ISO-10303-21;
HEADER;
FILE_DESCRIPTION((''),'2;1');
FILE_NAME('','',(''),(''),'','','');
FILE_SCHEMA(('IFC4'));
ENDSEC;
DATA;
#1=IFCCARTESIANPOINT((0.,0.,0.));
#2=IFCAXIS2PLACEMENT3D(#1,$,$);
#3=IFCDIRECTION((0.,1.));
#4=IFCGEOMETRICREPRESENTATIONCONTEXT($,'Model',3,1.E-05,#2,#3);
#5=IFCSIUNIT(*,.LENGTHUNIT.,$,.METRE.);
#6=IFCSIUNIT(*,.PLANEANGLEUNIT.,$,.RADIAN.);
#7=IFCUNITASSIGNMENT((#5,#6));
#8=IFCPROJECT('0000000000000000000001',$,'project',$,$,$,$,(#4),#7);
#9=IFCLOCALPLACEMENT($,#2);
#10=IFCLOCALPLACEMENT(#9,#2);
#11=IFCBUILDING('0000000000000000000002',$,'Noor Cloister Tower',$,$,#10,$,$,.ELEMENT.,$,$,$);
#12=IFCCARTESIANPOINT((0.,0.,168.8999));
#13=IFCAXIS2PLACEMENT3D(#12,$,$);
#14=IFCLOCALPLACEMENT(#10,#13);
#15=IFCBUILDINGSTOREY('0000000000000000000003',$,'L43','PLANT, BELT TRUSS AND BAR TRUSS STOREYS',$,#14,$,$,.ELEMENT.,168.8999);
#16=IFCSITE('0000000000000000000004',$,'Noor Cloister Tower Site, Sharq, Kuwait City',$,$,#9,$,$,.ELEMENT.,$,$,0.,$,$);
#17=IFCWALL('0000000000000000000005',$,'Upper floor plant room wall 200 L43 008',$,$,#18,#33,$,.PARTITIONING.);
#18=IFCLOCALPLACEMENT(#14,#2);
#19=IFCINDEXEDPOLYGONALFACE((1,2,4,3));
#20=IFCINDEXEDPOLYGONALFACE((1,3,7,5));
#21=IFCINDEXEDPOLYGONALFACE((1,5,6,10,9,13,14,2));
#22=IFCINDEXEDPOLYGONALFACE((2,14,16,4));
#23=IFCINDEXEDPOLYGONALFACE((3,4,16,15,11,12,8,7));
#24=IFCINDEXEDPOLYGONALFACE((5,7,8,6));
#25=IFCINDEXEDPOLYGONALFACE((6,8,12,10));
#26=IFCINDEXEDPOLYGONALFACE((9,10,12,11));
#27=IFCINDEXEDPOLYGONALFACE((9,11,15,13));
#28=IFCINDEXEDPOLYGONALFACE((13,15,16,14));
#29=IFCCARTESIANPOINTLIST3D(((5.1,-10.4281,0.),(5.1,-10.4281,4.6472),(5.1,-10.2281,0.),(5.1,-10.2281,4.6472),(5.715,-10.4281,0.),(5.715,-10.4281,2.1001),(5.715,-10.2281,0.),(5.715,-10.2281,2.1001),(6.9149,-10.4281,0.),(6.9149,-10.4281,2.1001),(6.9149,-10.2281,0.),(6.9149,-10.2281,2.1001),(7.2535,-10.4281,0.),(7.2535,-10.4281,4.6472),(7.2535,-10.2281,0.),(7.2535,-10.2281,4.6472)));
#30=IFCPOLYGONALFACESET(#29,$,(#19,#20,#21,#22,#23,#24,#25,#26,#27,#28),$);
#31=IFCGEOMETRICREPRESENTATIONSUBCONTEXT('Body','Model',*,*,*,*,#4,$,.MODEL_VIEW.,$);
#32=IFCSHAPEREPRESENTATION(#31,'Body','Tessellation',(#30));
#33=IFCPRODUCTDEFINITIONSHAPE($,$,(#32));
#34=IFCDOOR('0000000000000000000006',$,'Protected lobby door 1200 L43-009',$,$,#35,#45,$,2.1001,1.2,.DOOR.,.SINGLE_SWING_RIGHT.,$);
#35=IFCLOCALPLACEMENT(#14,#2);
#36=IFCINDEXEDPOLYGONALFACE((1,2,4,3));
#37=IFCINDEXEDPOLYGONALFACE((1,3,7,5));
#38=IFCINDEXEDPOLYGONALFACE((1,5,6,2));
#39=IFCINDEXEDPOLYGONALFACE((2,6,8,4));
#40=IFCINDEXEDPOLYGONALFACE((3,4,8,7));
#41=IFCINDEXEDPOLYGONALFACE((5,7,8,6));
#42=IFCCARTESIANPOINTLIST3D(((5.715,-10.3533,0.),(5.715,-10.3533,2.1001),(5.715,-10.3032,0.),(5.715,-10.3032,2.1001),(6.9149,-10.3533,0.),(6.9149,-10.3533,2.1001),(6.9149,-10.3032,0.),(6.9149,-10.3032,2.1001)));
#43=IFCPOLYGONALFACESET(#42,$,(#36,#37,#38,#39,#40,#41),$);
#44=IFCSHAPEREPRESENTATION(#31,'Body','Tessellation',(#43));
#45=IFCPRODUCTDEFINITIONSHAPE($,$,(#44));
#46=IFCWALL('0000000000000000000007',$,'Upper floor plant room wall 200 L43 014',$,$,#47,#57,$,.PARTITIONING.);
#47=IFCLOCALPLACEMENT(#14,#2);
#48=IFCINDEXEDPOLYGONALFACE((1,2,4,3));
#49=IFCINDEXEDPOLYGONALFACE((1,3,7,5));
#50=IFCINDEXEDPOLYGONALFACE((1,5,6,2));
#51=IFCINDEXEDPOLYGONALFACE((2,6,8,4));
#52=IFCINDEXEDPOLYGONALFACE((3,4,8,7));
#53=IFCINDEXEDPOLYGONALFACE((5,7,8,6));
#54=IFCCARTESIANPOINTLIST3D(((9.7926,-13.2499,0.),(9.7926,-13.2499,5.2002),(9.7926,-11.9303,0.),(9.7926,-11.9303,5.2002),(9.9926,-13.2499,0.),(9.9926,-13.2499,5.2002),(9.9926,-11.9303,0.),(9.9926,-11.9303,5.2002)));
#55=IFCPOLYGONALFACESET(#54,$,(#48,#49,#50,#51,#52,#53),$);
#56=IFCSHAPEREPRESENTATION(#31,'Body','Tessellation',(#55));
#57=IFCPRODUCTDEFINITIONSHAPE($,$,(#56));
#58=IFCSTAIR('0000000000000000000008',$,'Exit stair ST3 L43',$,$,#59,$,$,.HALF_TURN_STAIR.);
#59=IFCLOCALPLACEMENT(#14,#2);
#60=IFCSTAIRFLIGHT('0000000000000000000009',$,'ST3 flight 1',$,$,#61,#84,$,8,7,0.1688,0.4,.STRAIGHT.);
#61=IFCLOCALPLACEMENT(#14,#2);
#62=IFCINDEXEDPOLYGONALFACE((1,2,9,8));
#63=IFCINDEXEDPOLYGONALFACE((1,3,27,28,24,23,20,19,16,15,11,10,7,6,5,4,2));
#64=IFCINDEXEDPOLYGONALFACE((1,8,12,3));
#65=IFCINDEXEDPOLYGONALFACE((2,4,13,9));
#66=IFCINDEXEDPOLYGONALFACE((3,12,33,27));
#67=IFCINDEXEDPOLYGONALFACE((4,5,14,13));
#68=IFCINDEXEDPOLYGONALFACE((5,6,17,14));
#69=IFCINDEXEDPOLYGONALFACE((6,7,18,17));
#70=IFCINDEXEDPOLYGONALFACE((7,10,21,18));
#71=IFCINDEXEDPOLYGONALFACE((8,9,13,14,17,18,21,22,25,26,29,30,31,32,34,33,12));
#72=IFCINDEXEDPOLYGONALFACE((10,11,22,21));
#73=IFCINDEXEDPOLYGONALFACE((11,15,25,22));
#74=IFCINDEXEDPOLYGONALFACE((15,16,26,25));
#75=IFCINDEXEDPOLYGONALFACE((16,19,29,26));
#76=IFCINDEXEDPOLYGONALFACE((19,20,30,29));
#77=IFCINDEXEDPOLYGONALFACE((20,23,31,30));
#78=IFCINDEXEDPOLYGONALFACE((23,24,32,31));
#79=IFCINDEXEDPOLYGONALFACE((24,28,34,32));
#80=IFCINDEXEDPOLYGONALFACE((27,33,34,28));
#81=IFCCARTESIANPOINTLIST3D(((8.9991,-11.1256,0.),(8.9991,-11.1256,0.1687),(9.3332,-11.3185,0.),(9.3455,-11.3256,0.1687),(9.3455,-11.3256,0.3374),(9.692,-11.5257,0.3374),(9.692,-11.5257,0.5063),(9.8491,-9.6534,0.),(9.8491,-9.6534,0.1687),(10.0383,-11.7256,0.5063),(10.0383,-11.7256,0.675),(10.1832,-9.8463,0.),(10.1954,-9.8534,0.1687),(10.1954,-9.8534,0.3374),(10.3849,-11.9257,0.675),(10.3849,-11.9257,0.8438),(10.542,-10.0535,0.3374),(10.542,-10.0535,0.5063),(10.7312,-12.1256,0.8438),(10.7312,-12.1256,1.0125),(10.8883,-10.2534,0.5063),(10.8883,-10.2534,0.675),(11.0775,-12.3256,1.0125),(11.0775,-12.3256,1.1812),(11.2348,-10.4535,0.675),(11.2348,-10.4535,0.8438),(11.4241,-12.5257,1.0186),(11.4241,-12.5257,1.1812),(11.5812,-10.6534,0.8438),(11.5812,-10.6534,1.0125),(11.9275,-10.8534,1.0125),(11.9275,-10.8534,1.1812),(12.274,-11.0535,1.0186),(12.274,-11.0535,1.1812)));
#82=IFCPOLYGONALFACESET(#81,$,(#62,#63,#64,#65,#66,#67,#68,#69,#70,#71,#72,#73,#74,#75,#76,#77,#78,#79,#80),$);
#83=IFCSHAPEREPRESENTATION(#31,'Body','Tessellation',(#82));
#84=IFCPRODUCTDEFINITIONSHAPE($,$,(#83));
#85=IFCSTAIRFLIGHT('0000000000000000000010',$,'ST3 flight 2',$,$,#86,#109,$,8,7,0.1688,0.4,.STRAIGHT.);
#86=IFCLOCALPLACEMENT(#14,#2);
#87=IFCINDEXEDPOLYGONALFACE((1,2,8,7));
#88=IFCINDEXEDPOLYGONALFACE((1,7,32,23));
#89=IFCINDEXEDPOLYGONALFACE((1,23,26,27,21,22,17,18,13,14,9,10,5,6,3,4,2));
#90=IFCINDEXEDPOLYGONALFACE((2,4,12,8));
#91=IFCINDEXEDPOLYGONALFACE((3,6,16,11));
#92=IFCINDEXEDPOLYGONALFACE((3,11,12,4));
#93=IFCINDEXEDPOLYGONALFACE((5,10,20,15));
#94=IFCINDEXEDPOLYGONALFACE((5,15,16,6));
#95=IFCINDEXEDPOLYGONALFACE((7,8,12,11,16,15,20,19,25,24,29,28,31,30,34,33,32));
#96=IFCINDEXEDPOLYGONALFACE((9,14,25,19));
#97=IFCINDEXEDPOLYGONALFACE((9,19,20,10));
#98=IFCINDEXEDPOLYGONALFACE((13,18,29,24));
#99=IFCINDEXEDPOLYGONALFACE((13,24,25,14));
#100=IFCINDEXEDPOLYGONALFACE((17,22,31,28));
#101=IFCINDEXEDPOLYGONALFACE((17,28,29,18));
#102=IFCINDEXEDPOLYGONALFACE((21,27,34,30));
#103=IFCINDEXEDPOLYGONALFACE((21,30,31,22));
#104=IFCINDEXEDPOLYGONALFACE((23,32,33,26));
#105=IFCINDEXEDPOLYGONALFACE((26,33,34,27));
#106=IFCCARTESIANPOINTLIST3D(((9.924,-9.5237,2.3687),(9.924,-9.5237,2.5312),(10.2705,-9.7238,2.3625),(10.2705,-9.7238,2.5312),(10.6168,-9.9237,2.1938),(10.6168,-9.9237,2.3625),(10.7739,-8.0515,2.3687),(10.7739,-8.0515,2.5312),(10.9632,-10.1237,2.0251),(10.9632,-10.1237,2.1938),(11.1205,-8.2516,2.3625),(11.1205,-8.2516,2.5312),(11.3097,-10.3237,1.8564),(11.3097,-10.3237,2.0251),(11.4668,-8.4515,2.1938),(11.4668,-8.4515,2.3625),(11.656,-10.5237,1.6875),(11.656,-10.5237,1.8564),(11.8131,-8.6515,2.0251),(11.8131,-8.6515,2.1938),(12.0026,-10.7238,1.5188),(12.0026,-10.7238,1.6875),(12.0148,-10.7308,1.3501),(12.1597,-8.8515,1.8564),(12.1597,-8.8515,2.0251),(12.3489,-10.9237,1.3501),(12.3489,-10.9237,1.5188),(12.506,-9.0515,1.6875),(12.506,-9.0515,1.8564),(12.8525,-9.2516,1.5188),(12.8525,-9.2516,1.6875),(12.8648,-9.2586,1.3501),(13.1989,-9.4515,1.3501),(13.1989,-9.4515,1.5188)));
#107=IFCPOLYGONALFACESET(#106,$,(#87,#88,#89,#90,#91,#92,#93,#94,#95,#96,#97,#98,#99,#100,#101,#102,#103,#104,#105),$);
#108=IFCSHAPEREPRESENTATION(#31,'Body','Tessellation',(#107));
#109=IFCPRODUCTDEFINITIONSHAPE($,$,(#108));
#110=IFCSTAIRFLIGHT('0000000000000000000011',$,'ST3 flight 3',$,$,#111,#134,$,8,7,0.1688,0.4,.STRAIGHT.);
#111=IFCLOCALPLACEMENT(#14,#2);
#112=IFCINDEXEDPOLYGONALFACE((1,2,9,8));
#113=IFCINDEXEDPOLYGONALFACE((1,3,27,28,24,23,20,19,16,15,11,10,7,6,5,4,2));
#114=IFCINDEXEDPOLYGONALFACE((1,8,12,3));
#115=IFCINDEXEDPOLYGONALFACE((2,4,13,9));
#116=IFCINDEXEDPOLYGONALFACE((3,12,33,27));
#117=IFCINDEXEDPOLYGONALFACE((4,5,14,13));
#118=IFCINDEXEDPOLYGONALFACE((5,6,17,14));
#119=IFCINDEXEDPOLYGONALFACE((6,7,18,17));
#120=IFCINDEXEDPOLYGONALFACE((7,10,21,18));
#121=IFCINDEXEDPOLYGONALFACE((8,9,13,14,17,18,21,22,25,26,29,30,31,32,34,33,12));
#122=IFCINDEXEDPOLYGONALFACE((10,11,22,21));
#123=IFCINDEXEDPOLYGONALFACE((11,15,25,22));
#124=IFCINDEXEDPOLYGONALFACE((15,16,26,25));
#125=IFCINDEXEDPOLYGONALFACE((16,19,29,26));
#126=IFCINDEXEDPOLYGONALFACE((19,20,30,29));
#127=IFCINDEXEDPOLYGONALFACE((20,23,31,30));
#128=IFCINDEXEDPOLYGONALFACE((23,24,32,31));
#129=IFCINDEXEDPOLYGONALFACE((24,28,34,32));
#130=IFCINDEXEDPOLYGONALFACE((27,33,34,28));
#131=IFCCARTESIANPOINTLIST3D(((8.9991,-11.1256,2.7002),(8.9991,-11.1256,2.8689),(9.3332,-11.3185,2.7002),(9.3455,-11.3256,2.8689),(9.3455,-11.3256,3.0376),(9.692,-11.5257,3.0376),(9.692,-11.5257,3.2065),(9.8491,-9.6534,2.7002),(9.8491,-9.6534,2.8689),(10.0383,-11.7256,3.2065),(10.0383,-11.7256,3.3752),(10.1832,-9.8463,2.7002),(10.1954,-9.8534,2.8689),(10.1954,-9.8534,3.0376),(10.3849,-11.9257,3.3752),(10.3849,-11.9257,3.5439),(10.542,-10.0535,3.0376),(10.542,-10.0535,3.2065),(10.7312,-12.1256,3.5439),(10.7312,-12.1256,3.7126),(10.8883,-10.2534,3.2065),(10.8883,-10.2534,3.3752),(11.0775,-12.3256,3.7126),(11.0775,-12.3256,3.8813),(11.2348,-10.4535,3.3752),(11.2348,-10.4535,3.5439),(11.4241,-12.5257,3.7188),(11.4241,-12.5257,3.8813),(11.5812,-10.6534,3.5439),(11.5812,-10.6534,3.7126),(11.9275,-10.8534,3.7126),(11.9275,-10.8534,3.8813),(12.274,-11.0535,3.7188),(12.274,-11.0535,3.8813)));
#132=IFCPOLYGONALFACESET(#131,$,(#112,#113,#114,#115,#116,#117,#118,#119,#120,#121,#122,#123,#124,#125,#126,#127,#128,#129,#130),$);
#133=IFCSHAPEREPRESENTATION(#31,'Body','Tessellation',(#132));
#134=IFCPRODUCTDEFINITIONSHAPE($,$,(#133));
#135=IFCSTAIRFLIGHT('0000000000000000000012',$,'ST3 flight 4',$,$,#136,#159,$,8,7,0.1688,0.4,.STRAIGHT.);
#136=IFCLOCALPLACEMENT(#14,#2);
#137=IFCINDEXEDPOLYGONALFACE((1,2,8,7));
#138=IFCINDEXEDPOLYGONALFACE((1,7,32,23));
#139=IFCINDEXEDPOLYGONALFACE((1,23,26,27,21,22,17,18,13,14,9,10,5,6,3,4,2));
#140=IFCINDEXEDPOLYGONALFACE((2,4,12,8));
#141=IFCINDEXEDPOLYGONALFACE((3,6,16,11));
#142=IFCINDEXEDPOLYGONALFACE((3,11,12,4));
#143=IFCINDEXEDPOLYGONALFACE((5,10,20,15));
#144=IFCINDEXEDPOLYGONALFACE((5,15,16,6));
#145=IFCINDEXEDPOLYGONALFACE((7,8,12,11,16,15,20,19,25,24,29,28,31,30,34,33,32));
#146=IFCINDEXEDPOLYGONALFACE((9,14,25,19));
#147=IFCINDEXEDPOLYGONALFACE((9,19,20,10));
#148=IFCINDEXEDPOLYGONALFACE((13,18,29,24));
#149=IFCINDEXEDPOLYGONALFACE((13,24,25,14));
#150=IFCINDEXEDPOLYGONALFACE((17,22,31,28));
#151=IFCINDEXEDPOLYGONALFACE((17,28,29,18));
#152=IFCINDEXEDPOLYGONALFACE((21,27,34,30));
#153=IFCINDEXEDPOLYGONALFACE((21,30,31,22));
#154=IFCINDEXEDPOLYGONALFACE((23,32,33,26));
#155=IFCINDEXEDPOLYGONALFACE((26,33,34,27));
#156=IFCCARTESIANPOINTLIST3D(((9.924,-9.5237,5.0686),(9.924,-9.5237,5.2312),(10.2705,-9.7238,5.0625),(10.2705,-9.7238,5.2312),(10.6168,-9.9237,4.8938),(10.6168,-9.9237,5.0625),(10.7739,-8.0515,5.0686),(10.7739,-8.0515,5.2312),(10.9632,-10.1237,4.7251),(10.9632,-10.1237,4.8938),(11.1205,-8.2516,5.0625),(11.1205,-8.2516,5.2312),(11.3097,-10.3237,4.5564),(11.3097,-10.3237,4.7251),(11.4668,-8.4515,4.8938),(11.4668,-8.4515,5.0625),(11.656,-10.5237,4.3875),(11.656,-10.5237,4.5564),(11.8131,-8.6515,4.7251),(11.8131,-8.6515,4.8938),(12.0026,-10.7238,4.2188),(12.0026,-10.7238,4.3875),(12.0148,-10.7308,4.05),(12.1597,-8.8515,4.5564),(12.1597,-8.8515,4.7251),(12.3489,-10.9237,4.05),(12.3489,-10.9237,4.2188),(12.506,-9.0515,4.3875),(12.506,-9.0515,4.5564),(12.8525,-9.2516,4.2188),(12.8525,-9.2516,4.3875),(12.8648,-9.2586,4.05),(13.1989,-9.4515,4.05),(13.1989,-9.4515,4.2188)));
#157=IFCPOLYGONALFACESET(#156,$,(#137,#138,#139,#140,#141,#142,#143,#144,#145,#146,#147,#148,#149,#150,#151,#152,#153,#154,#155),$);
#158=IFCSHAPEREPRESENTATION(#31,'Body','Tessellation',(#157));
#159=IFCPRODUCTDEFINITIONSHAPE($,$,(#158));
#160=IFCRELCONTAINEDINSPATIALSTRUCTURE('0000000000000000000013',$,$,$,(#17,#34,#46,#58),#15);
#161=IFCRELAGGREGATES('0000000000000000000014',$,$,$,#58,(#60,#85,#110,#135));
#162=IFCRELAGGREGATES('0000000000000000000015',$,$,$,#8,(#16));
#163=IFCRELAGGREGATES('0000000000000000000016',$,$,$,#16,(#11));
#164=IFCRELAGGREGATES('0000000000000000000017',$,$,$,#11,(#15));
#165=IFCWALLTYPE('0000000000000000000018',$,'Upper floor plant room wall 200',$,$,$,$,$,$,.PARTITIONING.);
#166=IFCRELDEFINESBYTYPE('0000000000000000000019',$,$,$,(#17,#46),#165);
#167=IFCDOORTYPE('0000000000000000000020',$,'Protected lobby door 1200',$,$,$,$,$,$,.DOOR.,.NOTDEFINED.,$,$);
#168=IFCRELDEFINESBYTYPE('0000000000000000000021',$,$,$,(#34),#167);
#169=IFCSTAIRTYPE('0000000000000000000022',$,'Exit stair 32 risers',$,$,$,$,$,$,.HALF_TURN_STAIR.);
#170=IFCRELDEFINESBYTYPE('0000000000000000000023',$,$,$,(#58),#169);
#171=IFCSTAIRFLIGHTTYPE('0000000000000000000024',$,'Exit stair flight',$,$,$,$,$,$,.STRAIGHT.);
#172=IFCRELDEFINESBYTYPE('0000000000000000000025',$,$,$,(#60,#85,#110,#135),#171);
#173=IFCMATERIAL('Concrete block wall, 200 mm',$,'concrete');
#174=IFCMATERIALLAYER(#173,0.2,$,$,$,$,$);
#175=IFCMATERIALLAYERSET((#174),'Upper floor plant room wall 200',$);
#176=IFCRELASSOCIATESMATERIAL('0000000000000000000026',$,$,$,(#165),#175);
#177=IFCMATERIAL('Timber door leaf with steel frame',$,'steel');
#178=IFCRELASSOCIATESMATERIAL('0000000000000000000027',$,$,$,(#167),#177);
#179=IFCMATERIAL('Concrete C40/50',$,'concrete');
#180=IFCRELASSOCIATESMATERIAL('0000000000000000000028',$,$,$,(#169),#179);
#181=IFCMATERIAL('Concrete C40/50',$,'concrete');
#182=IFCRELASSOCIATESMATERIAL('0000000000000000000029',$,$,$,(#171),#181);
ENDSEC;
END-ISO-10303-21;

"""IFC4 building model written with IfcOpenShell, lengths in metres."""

from ifc_helpers import new_model, si_unit, direction, frame, frame_2d, origin, place, context, subcontext, project, spatial, polyline, rectangle, outline, extrude, material, layer, layer_set, type_object, element, fill, aggregate, save


model = new_model("IFC4")

# Units and contexts
model_context = context("Model", 3, precision=1e-05, world=origin(), true_north=direction((0.0, 1.0)))
body_context = subcontext(model_context, "Body", "Model", "MODEL_VIEW")
ifc_project = project(units=[si_unit("LENGTHUNIT", "METRE"), si_unit("PLANEANGLEUNIT", "RADIAN")], contexts=[model_context])

# Site, building, storey
site_placement = place(None, origin())
site = spatial("IfcSite", under=ifc_project, at=site_placement, Name="Noor Cloister Tower Site, Sharq, Kuwait City", CompositionType="ELEMENT", RefElevation=0.0)
building_placement = place(site_placement, origin())
building = spatial("IfcBuilding", under=site, at=building_placement, Name="Noor Cloister Tower", CompositionType="ELEMENT")
storey_placement = place(building_placement, frame((0.0, 0.0, 168.8999)))
storey = spatial("IfcBuildingStorey", under=building, at=storey_placement, Name="L43", Description="PLANT, BELT TRUSS AND BAR TRUSS STOREYS", CompositionType="ELEMENT", Elevation=168.8999)

# Wall, opening, door
ifc_material_1 = material(Name="Concrete block wall, 200 mm", Category="concrete")
ifc_layer_1 = layer(ifc_material_1, 0.2)
ifc_layer_set_1 = layer_set([ifc_layer_1], Name="Upper floor plant room wall 200")
wall_type_1 = type_object("IfcWallType", Name="Upper floor plant room wall 200", PredefinedType="PARTITIONING", material=ifc_layer_set_1)
wall_1_placement = place(storey_placement, frame((5.1001, -10.3281, 0.0), z_axis=(0.0, 0.0, 1.0), x_axis=(1.0, 0.0, 0.0)))
wall_1 = element("IfcWall", 1, at=wall_1_placement, inside=storey, type_object=wall_type_1, Name="Upper floor plant room wall 200 L43 008", PredefinedType="PARTITIONING", context=body_context, shape_type="SweptSolid", body=[
    extrude(rectangle(XDim=2.1536, YDim=0.2, at=frame_2d((1.0767, 0.0))), origin(), (0.0, 0.0, 1.0), 4.6472),
])
opening_1_placement = place(wall_1_placement, frame((0.6147, 0.0, 0.0)))
opening_1 = element("IfcOpeningElement", 2, at=opening_1_placement, cuts=wall_1, PredefinedType="OPENING", context=body_context, shape_type="SweptSolid", body=[
    extrude(rectangle(XDim=1.2, YDim=2.1001, at=frame_2d((0.6001, 1.05))), frame((0.0, 0.1099, 0.0), z_axis=(0.0, -1.0, 0.0), x_axis=(1.0, 0.0, 0.0)), (0.0, 0.0, 1.0), 0.22),
])
ifc_material_2 = material(Name="Timber door leaf with steel frame", Category="steel")
door_type_1 = type_object("IfcDoorType", Name="Protected lobby door 1200", OperationType="NOTDEFINED", PredefinedType="DOOR", material=ifc_material_2)
door_1_placement = place(opening_1_placement, origin())
door_1 = element("IfcDoor", 3, at=door_1_placement, inside=storey, type_object=door_type_1, Name="Protected lobby door 1200 L43-009", OperationType="SINGLE_SWING_RIGHT", OverallHeight=2.1001, OverallWidth=1.2, PredefinedType="DOOR", context=body_context, shape_type="SweptSolid", body=[
    extrude(rectangle(XDim=1.2, YDim=2.1001, at=frame_2d((0.6001, 1.05))), frame((0.0, 0.0249, 0.0), z_axis=(0.0, -1.0, 0.0), x_axis=(1.0, 0.0, 0.0)), (0.0, 0.0, 1.0), 0.05),
])
fill(opening_1, door_1)

# Wall
wall_2_placement = place(storey_placement, frame((9.8926, -13.2498, 0.0), z_axis=(0.0, 0.0, 1.0), x_axis=(0.0, 1.0, 0.0)))
element("IfcWall", 4, at=wall_2_placement, inside=storey, type_object=wall_type_1, Name="Upper floor plant room wall 200 L43 014", PredefinedType="PARTITIONING", context=body_context, shape_type="SweptSolid", body=[
    extrude(rectangle(XDim=1.3196, YDim=0.2, at=frame_2d((0.6597, 0.0))), origin(), (0.0, 0.0, 1.0), 5.2002),
])

# Stair, stair flights
ifc_material_3 = material(Name="Concrete C40/50", Category="concrete")
stair_type = type_object("IfcStairType", Name="Exit stair 32 risers", PredefinedType="HALF_TURN_STAIR", material=ifc_material_3)
stair_placement = place(storey_placement, origin())
stair = element("IfcStair", 5, at=stair_placement, inside=storey, type_object=stair_type, Name="Exit stair ST3 L43", PredefinedType="HALF_TURN_STAIR")
ifc_material_4 = material(Name="Concrete C40/50", Category="concrete")
stair_flight_type = type_object("IfcStairFlightType", Name="Exit stair flight", PredefinedType="STRAIGHT", material=ifc_material_4)
stair_flight_1_placement = place(storey_placement, frame((9.4241, -10.3896, 0.0), z_axis=(0.0, 0.0, 1.0), x_axis=(0.866025, -0.5, 0.0)))
stair_flight_1 = element("IfcStairFlight", 6, at=stair_flight_1_placement, type_object=stair_flight_type, Name="ST3 flight 1", NumberOfRisers=8, NumberOfTreads=7, PredefinedType="STRAIGHT", RiserHeight=0.1688, TreadLength=0.4, context=body_context, shape_type="SweptSolid", body=[
    extrude(outline(polyline([(0.0, 0.0), (0.0, 0.1687), (0.3999, 0.1687), (0.3999, 0.3374), (0.8, 0.3374), (0.8, 0.5063), (1.2, 0.5063), (1.2, 0.675), (1.6001, 0.675), (1.6001, 0.8438), (2.0, 0.8438), (2.0, 1.0125), (2.3999, 1.0125), (2.3999, 1.1812), (2.8, 1.1812), (2.8, 1.3501), (2.8, 1.0186), (0.3857, 0.0), (0.0, 0.0)])), frame((0.0, 0.8501, 0.0), z_axis=(0.0, -1.0, 0.0), x_axis=(1.0, 0.0, 0.0)), (0.0, 0.0, 1.0), 1.7),
])
stair_flight_2_placement = place(storey_placement, frame((12.7739, -10.1875, 1.3501), z_axis=(0.0, 0.0, 1.0), x_axis=(-0.866025, 0.5, 0.0)))
stair_flight_2 = element("IfcStairFlight", 7, at=stair_flight_2_placement, type_object=stair_flight_type, Name="ST3 flight 2", NumberOfRisers=8, NumberOfTreads=7, PredefinedType="STRAIGHT", RiserHeight=0.1688, TreadLength=0.4, context=body_context, shape_type="SweptSolid", body=[
    extrude(outline(polyline([(0.0, 0.0), (0.0, 0.1687), (0.3999, 0.1687), (0.3999, 0.3374), (0.8, 0.3374), (0.8, 0.5063), (1.2, 0.5063), (1.2, 0.675), (1.6001, 0.675), (1.6001, 0.8438), (2.0, 0.8438), (2.0, 1.0125), (2.3999, 1.0125), (2.3999, 1.1812), (2.8, 1.1812), (2.8, 1.3501), (2.8, 1.0186), (0.3857, 0.0), (0.0, 0.0)])), frame((0.0, 0.8501, 0.0), z_axis=(0.0, -1.0, 0.0), x_axis=(1.0, 0.0, 0.0)), (0.0, 0.0, 1.0), 1.7),
])
stair_flight_3_placement = place(storey_placement, frame((9.4241, -10.3896, 2.7002), z_axis=(0.0, 0.0, 1.0), x_axis=(0.866025, -0.5, 0.0)))
stair_flight_3 = element("IfcStairFlight", 8, at=stair_flight_3_placement, type_object=stair_flight_type, Name="ST3 flight 3", NumberOfRisers=8, NumberOfTreads=7, PredefinedType="STRAIGHT", RiserHeight=0.1688, TreadLength=0.4, context=body_context, shape_type="SweptSolid", body=[
    extrude(outline(polyline([(0.0, 0.0), (0.0, 0.1687), (0.3999, 0.1687), (0.3999, 0.3374), (0.8, 0.3374), (0.8, 0.5063), (1.2, 0.5063), (1.2, 0.675), (1.6001, 0.675), (1.6001, 0.8438), (2.0, 0.8438), (2.0, 1.0125), (2.3999, 1.0125), (2.3999, 1.1812), (2.8, 1.1812), (2.8, 1.3501), (2.8, 1.0186), (0.3857, 0.0), (0.0, 0.0)])), frame((0.0, 0.8501, 0.0), z_axis=(0.0, -1.0, 0.0), x_axis=(1.0, 0.0, 0.0)), (0.0, 0.0, 1.0), 1.7),
])
stair_flight_4_placement = place(storey_placement, frame((12.7739, -10.1875, 4.05), z_axis=(0.0, 0.0, 1.0), x_axis=(-0.866025, 0.5, 0.0)))
stair_flight_4 = element("IfcStairFlight", 9, at=stair_flight_4_placement, type_object=stair_flight_type, Name="ST3 flight 4", NumberOfRisers=8, NumberOfTreads=7, PredefinedType="STRAIGHT", RiserHeight=0.1688, TreadLength=0.4, context=body_context, shape_type="SweptSolid", body=[
    extrude(outline(polyline([(0.0, 0.0), (0.0, 0.1687), (0.3999, 0.1687), (0.3999, 0.3374), (0.8, 0.3374), (0.8, 0.5063), (1.2, 0.5063), (1.2, 0.675), (1.6001, 0.675), (1.6001, 0.8438), (2.0, 0.8438), (2.0, 1.0125), (2.3999, 1.0125), (2.3999, 1.1812), (2.8, 1.1812), (2.8, 1.3501), (2.8, 1.0186), (0.3857, 0.0), (0.0, 0.0)])), frame((0.0, 0.8501, 0.0), z_axis=(0.0, -1.0, 0.0), x_axis=(1.0, 0.0, 0.0)), (0.0, 0.0, 1.0), 1.7),
])
aggregate(stair, [stair_flight_1, stair_flight_2, stair_flight_3, stair_flight_4])

save(model, "model.ifc")
